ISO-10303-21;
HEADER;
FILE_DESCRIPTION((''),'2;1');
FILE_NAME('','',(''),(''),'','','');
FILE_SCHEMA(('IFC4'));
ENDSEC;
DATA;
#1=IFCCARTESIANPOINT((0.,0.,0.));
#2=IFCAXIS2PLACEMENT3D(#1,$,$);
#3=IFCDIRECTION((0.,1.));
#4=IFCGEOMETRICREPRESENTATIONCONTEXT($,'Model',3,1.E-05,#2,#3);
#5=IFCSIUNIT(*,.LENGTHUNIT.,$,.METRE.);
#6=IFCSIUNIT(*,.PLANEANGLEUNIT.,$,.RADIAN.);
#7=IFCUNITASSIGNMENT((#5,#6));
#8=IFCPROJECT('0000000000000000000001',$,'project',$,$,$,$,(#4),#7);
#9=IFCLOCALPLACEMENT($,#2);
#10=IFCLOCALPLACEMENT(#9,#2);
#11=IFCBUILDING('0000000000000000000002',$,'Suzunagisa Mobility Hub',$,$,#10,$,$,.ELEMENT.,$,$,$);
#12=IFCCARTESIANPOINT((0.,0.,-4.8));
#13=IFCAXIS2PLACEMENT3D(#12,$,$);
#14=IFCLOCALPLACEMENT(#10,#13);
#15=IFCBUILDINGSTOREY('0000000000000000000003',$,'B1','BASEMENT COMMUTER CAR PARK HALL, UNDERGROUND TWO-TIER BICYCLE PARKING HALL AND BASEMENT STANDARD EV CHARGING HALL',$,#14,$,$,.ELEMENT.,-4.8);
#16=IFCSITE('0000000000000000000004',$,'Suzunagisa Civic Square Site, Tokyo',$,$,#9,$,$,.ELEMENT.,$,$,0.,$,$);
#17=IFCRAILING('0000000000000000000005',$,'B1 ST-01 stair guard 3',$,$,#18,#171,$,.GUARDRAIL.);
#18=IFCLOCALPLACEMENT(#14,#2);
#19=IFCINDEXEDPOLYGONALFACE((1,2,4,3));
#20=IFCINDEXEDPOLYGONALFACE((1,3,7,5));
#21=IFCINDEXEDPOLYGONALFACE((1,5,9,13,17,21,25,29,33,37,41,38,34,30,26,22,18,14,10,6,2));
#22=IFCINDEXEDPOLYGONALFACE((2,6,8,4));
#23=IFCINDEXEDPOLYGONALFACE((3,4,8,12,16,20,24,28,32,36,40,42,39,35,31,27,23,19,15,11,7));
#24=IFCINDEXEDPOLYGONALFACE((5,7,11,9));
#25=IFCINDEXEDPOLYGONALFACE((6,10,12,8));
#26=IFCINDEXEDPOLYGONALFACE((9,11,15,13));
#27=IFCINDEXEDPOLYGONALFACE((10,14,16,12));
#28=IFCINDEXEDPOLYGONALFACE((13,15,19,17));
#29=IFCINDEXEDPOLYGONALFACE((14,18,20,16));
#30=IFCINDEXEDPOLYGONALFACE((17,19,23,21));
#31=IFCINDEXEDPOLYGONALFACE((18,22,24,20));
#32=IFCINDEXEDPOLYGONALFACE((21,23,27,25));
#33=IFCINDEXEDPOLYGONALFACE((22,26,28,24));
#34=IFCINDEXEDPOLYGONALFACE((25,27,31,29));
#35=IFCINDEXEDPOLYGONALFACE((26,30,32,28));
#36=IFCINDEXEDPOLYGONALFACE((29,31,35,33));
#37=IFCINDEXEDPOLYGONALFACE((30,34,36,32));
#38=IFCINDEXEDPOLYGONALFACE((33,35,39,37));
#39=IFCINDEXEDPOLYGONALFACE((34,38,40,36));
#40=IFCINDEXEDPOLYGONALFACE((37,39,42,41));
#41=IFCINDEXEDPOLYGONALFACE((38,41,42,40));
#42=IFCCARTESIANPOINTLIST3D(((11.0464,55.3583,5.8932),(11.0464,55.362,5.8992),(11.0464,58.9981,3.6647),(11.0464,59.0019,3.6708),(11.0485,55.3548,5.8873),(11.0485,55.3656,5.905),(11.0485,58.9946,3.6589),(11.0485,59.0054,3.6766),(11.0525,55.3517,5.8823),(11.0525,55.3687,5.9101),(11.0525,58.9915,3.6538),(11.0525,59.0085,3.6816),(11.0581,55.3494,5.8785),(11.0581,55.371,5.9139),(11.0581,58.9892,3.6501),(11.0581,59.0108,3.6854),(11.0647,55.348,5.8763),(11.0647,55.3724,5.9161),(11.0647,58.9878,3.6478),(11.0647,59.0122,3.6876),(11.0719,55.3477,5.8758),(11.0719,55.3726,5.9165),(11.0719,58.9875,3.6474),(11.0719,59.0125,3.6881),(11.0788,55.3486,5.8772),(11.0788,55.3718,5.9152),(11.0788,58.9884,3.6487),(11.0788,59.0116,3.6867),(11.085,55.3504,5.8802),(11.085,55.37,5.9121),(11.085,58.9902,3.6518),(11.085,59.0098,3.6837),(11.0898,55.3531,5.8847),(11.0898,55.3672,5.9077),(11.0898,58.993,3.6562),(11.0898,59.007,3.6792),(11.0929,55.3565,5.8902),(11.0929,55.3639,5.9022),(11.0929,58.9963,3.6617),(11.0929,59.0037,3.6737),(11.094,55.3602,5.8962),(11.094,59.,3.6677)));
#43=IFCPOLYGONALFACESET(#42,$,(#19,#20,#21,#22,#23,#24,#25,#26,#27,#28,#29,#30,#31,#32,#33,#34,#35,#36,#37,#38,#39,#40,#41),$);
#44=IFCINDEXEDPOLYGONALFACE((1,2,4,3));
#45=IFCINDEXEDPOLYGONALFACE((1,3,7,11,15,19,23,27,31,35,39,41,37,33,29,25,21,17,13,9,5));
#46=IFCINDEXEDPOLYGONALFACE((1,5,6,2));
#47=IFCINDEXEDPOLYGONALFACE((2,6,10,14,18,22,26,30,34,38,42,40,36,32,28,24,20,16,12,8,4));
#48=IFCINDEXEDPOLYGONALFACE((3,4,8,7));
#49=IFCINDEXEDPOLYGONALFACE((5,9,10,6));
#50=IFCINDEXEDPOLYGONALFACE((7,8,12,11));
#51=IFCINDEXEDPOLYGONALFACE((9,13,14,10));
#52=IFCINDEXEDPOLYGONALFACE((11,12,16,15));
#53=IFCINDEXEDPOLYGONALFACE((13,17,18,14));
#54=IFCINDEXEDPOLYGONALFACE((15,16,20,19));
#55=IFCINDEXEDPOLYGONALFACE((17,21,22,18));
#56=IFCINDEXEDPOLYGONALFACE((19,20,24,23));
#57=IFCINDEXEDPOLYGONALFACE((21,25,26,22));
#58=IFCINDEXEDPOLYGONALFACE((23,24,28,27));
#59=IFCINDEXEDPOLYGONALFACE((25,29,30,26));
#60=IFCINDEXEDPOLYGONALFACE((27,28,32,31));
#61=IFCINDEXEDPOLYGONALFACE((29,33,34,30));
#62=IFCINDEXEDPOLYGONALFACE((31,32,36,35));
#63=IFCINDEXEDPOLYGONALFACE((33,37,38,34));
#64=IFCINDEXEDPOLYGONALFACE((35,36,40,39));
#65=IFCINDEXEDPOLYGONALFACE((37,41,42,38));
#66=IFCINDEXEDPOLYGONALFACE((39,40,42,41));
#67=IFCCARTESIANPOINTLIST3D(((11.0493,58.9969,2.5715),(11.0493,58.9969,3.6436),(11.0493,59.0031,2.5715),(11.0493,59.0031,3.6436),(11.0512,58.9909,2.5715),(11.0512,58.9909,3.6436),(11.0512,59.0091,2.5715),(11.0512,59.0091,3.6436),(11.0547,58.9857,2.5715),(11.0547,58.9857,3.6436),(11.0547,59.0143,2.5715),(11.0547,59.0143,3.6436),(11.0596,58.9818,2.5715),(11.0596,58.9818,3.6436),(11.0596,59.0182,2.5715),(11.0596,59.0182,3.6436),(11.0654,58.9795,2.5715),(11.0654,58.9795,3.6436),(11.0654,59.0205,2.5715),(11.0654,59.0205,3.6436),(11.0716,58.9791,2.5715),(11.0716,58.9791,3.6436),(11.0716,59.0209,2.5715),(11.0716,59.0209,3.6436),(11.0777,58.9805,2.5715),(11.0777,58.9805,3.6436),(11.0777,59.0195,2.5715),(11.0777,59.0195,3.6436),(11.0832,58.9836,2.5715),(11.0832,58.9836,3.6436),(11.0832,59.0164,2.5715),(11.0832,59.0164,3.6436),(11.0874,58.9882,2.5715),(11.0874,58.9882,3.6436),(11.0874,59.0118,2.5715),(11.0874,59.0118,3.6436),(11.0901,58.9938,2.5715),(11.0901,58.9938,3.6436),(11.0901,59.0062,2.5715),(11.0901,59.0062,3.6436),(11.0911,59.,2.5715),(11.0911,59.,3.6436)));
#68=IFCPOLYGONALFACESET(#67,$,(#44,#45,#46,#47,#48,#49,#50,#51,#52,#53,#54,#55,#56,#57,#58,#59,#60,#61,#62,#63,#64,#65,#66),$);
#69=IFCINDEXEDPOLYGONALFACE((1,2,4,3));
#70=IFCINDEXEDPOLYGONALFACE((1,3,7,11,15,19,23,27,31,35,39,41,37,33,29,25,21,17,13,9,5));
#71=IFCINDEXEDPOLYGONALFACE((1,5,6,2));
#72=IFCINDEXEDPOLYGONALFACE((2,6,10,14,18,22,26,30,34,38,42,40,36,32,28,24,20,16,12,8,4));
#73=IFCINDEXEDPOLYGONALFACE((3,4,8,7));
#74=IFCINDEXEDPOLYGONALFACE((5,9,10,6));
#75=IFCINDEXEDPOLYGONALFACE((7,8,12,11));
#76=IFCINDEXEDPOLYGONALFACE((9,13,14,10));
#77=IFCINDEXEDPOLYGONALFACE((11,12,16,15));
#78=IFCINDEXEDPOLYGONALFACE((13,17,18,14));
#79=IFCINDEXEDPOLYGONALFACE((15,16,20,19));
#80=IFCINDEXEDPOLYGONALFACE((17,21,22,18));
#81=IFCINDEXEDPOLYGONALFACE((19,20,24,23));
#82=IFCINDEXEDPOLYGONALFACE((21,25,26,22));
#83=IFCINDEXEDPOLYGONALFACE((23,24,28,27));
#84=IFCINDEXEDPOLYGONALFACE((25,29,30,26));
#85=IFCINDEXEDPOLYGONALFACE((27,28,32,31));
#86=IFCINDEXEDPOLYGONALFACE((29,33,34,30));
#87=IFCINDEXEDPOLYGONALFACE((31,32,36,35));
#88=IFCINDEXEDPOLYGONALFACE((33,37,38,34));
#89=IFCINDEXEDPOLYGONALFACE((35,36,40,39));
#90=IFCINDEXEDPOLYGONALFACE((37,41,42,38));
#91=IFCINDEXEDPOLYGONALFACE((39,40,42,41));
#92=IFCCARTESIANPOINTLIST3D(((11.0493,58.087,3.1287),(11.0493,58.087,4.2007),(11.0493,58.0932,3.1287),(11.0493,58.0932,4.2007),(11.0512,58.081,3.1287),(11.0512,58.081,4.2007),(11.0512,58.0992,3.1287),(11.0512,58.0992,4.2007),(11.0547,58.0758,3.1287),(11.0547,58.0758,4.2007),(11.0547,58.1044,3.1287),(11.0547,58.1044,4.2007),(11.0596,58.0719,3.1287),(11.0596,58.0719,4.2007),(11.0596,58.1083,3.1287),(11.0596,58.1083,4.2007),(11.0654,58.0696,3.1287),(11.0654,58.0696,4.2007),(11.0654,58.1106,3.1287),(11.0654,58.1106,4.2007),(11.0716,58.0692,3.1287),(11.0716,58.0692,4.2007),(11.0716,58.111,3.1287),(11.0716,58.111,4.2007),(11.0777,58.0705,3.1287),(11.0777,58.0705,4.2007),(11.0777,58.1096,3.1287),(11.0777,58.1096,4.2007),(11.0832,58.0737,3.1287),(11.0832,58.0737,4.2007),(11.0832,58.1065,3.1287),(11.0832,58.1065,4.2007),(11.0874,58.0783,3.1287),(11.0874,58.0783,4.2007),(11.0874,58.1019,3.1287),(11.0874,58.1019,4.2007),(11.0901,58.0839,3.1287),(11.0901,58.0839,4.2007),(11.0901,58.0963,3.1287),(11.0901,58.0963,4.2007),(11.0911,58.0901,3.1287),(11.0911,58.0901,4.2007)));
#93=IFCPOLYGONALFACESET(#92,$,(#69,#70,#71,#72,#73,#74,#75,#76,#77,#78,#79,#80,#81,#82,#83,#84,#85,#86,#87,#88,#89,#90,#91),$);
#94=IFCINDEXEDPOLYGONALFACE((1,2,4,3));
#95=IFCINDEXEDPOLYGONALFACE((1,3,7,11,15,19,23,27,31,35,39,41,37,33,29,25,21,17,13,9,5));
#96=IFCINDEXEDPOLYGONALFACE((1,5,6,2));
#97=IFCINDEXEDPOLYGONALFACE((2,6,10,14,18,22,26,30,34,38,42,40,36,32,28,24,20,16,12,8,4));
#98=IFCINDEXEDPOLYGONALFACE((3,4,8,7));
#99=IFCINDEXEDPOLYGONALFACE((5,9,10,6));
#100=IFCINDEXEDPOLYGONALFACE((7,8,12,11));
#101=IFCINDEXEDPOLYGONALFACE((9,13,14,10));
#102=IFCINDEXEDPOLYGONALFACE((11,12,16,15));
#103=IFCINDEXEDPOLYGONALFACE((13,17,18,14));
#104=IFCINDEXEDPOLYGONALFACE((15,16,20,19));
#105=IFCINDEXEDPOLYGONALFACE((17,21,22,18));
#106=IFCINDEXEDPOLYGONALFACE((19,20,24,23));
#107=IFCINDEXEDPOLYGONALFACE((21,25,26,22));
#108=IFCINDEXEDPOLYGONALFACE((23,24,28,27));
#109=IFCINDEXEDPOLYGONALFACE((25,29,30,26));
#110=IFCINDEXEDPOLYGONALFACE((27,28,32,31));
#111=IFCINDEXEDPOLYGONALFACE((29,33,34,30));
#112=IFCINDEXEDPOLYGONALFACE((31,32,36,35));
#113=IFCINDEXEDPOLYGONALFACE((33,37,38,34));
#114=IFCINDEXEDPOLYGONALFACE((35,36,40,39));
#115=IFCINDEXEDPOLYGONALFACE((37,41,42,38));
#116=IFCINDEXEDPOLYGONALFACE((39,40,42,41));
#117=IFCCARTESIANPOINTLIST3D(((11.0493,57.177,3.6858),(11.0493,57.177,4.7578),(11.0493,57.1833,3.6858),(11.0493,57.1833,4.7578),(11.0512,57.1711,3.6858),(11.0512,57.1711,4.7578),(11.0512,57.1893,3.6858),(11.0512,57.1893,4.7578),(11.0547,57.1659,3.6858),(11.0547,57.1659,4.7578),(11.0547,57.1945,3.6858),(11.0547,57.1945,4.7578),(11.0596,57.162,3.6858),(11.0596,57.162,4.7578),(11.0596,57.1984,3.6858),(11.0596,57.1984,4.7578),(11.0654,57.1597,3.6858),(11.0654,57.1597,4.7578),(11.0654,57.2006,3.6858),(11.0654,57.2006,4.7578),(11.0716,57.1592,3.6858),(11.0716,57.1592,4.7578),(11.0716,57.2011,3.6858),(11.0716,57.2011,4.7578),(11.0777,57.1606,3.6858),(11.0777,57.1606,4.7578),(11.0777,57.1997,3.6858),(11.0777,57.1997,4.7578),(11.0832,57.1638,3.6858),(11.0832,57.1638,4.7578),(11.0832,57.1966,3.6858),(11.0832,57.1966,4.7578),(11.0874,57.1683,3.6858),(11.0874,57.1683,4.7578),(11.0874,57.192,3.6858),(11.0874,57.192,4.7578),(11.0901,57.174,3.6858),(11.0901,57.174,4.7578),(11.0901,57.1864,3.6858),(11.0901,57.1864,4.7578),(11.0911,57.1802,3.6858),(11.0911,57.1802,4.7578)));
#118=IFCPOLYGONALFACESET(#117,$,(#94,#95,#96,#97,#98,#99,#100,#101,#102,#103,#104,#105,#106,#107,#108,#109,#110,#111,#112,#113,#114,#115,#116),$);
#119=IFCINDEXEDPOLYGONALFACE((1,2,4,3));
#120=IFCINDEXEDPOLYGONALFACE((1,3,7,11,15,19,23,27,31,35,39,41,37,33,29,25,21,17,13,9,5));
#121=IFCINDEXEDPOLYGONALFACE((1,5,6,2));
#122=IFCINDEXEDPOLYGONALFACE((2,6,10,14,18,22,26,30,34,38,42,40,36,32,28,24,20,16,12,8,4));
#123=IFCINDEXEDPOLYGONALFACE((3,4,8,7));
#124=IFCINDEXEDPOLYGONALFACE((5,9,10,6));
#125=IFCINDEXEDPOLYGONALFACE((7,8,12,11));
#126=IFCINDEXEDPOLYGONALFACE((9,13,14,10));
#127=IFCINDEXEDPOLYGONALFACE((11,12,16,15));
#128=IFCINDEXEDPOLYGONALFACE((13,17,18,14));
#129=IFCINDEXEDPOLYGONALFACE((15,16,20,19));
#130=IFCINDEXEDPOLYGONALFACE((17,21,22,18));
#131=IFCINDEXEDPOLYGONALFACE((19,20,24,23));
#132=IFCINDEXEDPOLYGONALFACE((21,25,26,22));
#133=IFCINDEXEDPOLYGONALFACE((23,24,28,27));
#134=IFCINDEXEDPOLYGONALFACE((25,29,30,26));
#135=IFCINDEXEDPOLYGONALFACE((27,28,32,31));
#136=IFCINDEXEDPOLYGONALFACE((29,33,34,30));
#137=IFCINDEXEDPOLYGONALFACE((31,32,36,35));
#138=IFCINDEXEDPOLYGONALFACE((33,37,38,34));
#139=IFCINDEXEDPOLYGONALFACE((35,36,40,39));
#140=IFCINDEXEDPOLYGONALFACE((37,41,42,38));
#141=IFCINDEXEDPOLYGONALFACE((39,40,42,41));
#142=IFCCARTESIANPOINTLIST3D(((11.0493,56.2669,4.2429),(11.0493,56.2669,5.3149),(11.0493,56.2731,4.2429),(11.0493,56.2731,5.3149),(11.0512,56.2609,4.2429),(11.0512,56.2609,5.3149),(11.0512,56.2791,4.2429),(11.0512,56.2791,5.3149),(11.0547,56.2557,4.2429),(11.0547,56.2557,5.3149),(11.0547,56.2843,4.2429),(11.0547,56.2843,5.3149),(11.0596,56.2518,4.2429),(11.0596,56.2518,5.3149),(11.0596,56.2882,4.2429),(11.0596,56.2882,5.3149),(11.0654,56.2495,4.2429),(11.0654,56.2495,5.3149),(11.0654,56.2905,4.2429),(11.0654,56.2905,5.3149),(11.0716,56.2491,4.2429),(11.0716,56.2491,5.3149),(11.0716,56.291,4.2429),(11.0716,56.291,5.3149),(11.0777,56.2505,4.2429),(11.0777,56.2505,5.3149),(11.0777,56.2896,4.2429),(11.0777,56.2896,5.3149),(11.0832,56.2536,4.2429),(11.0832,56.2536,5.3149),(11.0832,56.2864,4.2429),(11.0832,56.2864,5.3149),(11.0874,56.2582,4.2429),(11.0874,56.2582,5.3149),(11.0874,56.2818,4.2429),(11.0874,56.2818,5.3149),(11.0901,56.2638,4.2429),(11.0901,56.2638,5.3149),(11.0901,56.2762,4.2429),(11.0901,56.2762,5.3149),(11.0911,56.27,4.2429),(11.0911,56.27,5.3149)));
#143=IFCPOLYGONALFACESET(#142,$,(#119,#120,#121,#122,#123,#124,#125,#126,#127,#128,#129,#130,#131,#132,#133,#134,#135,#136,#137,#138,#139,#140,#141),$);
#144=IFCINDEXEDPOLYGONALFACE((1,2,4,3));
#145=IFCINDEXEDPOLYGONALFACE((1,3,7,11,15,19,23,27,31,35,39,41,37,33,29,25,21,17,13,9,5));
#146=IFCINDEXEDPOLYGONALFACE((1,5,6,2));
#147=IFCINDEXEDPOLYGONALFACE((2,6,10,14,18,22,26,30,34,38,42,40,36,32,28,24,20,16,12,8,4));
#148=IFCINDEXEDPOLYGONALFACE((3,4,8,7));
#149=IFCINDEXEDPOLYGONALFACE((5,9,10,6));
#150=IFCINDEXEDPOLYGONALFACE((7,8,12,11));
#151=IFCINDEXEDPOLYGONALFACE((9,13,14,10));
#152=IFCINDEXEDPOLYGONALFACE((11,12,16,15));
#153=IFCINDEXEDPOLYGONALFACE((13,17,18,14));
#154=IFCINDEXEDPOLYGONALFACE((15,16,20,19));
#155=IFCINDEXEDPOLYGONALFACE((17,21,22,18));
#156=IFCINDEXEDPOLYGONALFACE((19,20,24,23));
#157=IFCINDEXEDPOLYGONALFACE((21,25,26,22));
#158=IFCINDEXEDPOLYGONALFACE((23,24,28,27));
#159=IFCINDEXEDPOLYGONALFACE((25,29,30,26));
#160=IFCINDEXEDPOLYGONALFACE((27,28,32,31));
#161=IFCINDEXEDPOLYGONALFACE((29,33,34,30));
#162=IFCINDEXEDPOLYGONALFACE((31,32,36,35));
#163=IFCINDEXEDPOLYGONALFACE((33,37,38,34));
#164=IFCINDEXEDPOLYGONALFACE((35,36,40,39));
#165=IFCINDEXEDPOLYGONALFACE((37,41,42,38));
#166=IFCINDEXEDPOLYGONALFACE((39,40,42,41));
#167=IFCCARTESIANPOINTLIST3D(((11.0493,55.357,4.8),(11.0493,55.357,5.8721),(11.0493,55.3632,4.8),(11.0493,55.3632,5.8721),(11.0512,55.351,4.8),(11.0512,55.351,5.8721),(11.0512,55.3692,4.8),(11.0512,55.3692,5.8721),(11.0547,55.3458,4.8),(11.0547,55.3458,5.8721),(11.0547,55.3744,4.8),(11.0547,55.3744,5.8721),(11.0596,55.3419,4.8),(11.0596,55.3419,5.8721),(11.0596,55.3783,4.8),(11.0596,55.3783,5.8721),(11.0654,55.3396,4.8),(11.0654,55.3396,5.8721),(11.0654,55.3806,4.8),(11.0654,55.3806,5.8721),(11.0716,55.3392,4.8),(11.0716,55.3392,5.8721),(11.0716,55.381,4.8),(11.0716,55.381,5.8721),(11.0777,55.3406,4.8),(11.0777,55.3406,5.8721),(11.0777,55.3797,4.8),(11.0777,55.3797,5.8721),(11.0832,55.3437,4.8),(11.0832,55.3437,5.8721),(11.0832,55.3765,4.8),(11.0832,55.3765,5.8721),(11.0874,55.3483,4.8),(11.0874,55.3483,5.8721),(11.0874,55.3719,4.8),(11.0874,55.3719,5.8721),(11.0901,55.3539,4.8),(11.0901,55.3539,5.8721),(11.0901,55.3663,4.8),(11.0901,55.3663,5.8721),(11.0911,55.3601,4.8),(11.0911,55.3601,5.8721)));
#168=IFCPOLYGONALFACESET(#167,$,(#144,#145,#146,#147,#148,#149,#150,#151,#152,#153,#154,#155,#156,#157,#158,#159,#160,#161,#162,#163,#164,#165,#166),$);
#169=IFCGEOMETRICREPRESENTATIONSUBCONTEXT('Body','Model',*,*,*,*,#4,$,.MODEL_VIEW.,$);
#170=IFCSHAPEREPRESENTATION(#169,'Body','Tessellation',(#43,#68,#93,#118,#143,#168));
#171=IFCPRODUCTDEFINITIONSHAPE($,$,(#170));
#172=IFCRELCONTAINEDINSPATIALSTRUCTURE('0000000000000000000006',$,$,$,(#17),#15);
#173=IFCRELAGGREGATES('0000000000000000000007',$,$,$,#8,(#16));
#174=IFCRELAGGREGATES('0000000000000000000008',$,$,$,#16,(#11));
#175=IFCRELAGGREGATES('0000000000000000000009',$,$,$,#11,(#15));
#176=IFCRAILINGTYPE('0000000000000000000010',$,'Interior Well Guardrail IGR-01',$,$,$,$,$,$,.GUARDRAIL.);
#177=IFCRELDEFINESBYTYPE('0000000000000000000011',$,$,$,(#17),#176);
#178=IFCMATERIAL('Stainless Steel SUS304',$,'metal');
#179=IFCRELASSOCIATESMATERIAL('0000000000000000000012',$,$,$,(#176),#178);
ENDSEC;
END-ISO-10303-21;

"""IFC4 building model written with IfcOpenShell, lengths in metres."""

from ifc_helpers import new_model, si_unit, direction, frame, origin, origin_2d, place, context, subcontext, project, spatial, circle, extrude, material, type_object, element, save


model = new_model("IFC4")

# Units and contexts
model_context = context("Model", 3, precision=1e-05, world=origin(), true_north=direction((0.0, 1.0)))
body_context = subcontext(model_context, "Body", "Model", "MODEL_VIEW")
ifc_project = project(units=[si_unit("LENGTHUNIT", "METRE"), si_unit("PLANEANGLEUNIT", "RADIAN")], contexts=[model_context])

# Site, building, storey
site_placement = place(None, origin())
site = spatial("IfcSite", under=ifc_project, at=site_placement, Name="Suzunagisa Civic Square Site, Tokyo", CompositionType="ELEMENT", RefElevation=0.0)
building_placement = place(site_placement, origin())
building = spatial("IfcBuilding", under=site, at=building_placement, Name="Suzunagisa Mobility Hub", CompositionType="ELEMENT")
storey_placement = place(building_placement, frame((0.0, 0.0, -4.8)))
storey = spatial("IfcBuildingStorey", under=building, at=storey_placement, Name="B1", Description="BASEMENT COMMUTER CAR PARK HALL, UNDERGROUND TWO-TIER BICYCLE PARKING HALL AND BASEMENT STANDARD EV CHARGING HALL", CompositionType="ELEMENT", Elevation=-4.8)

# Railing
ifc_material_1 = material(Name="Stainless Steel SUS304", Category="metal")
railing_type_1 = type_object("IfcRailingType", Name="Interior Well Guardrail IGR-01", PredefinedType="GUARDRAIL", material=ifc_material_1)
railing_1_placement = place(storey_placement, frame((11.0701, 59.0, 2.5715)))
element("IfcRailing", 1, at=railing_1_placement, inside=storey, type_object=railing_type_1, Name="B1 ST-01 stair guard 3", PredefinedType="GUARDRAIL", context=body_context, shape_type="SweptSolid", body=[
    extrude(circle(Radius=0.0239, at=origin_2d()), frame((0.0, 0.0, 1.0962), z_axis=(0.0, -0.85285, 0.522156), x_axis=(1.0, 0.0, 0.0)), (0.0, 0.0, 1.0), 4.2678),
    extrude(circle(Radius=0.021, at=origin_2d()), origin(), (0.0, 0.0, 1.0), 1.072),
    extrude(circle(Radius=0.021, at=origin_2d()), frame((0.0, -0.9099, 0.5571)), (0.0, 0.0, 1.0), 1.072),
    extrude(circle(Radius=0.021, at=origin_2d()), frame((0.0, -1.8198, 1.1143)), (0.0, 0.0, 1.0), 1.072),
    extrude(circle(Radius=0.021, at=origin_2d()), frame((0.0, -2.73, 1.6714)), (0.0, 0.0, 1.0), 1.072),
    extrude(circle(Radius=0.021, at=origin_2d()), frame((0.0, -3.6399, 2.2285)), (0.0, 0.0, 1.0), 1.072),
])

save(model, "model.ifc")
